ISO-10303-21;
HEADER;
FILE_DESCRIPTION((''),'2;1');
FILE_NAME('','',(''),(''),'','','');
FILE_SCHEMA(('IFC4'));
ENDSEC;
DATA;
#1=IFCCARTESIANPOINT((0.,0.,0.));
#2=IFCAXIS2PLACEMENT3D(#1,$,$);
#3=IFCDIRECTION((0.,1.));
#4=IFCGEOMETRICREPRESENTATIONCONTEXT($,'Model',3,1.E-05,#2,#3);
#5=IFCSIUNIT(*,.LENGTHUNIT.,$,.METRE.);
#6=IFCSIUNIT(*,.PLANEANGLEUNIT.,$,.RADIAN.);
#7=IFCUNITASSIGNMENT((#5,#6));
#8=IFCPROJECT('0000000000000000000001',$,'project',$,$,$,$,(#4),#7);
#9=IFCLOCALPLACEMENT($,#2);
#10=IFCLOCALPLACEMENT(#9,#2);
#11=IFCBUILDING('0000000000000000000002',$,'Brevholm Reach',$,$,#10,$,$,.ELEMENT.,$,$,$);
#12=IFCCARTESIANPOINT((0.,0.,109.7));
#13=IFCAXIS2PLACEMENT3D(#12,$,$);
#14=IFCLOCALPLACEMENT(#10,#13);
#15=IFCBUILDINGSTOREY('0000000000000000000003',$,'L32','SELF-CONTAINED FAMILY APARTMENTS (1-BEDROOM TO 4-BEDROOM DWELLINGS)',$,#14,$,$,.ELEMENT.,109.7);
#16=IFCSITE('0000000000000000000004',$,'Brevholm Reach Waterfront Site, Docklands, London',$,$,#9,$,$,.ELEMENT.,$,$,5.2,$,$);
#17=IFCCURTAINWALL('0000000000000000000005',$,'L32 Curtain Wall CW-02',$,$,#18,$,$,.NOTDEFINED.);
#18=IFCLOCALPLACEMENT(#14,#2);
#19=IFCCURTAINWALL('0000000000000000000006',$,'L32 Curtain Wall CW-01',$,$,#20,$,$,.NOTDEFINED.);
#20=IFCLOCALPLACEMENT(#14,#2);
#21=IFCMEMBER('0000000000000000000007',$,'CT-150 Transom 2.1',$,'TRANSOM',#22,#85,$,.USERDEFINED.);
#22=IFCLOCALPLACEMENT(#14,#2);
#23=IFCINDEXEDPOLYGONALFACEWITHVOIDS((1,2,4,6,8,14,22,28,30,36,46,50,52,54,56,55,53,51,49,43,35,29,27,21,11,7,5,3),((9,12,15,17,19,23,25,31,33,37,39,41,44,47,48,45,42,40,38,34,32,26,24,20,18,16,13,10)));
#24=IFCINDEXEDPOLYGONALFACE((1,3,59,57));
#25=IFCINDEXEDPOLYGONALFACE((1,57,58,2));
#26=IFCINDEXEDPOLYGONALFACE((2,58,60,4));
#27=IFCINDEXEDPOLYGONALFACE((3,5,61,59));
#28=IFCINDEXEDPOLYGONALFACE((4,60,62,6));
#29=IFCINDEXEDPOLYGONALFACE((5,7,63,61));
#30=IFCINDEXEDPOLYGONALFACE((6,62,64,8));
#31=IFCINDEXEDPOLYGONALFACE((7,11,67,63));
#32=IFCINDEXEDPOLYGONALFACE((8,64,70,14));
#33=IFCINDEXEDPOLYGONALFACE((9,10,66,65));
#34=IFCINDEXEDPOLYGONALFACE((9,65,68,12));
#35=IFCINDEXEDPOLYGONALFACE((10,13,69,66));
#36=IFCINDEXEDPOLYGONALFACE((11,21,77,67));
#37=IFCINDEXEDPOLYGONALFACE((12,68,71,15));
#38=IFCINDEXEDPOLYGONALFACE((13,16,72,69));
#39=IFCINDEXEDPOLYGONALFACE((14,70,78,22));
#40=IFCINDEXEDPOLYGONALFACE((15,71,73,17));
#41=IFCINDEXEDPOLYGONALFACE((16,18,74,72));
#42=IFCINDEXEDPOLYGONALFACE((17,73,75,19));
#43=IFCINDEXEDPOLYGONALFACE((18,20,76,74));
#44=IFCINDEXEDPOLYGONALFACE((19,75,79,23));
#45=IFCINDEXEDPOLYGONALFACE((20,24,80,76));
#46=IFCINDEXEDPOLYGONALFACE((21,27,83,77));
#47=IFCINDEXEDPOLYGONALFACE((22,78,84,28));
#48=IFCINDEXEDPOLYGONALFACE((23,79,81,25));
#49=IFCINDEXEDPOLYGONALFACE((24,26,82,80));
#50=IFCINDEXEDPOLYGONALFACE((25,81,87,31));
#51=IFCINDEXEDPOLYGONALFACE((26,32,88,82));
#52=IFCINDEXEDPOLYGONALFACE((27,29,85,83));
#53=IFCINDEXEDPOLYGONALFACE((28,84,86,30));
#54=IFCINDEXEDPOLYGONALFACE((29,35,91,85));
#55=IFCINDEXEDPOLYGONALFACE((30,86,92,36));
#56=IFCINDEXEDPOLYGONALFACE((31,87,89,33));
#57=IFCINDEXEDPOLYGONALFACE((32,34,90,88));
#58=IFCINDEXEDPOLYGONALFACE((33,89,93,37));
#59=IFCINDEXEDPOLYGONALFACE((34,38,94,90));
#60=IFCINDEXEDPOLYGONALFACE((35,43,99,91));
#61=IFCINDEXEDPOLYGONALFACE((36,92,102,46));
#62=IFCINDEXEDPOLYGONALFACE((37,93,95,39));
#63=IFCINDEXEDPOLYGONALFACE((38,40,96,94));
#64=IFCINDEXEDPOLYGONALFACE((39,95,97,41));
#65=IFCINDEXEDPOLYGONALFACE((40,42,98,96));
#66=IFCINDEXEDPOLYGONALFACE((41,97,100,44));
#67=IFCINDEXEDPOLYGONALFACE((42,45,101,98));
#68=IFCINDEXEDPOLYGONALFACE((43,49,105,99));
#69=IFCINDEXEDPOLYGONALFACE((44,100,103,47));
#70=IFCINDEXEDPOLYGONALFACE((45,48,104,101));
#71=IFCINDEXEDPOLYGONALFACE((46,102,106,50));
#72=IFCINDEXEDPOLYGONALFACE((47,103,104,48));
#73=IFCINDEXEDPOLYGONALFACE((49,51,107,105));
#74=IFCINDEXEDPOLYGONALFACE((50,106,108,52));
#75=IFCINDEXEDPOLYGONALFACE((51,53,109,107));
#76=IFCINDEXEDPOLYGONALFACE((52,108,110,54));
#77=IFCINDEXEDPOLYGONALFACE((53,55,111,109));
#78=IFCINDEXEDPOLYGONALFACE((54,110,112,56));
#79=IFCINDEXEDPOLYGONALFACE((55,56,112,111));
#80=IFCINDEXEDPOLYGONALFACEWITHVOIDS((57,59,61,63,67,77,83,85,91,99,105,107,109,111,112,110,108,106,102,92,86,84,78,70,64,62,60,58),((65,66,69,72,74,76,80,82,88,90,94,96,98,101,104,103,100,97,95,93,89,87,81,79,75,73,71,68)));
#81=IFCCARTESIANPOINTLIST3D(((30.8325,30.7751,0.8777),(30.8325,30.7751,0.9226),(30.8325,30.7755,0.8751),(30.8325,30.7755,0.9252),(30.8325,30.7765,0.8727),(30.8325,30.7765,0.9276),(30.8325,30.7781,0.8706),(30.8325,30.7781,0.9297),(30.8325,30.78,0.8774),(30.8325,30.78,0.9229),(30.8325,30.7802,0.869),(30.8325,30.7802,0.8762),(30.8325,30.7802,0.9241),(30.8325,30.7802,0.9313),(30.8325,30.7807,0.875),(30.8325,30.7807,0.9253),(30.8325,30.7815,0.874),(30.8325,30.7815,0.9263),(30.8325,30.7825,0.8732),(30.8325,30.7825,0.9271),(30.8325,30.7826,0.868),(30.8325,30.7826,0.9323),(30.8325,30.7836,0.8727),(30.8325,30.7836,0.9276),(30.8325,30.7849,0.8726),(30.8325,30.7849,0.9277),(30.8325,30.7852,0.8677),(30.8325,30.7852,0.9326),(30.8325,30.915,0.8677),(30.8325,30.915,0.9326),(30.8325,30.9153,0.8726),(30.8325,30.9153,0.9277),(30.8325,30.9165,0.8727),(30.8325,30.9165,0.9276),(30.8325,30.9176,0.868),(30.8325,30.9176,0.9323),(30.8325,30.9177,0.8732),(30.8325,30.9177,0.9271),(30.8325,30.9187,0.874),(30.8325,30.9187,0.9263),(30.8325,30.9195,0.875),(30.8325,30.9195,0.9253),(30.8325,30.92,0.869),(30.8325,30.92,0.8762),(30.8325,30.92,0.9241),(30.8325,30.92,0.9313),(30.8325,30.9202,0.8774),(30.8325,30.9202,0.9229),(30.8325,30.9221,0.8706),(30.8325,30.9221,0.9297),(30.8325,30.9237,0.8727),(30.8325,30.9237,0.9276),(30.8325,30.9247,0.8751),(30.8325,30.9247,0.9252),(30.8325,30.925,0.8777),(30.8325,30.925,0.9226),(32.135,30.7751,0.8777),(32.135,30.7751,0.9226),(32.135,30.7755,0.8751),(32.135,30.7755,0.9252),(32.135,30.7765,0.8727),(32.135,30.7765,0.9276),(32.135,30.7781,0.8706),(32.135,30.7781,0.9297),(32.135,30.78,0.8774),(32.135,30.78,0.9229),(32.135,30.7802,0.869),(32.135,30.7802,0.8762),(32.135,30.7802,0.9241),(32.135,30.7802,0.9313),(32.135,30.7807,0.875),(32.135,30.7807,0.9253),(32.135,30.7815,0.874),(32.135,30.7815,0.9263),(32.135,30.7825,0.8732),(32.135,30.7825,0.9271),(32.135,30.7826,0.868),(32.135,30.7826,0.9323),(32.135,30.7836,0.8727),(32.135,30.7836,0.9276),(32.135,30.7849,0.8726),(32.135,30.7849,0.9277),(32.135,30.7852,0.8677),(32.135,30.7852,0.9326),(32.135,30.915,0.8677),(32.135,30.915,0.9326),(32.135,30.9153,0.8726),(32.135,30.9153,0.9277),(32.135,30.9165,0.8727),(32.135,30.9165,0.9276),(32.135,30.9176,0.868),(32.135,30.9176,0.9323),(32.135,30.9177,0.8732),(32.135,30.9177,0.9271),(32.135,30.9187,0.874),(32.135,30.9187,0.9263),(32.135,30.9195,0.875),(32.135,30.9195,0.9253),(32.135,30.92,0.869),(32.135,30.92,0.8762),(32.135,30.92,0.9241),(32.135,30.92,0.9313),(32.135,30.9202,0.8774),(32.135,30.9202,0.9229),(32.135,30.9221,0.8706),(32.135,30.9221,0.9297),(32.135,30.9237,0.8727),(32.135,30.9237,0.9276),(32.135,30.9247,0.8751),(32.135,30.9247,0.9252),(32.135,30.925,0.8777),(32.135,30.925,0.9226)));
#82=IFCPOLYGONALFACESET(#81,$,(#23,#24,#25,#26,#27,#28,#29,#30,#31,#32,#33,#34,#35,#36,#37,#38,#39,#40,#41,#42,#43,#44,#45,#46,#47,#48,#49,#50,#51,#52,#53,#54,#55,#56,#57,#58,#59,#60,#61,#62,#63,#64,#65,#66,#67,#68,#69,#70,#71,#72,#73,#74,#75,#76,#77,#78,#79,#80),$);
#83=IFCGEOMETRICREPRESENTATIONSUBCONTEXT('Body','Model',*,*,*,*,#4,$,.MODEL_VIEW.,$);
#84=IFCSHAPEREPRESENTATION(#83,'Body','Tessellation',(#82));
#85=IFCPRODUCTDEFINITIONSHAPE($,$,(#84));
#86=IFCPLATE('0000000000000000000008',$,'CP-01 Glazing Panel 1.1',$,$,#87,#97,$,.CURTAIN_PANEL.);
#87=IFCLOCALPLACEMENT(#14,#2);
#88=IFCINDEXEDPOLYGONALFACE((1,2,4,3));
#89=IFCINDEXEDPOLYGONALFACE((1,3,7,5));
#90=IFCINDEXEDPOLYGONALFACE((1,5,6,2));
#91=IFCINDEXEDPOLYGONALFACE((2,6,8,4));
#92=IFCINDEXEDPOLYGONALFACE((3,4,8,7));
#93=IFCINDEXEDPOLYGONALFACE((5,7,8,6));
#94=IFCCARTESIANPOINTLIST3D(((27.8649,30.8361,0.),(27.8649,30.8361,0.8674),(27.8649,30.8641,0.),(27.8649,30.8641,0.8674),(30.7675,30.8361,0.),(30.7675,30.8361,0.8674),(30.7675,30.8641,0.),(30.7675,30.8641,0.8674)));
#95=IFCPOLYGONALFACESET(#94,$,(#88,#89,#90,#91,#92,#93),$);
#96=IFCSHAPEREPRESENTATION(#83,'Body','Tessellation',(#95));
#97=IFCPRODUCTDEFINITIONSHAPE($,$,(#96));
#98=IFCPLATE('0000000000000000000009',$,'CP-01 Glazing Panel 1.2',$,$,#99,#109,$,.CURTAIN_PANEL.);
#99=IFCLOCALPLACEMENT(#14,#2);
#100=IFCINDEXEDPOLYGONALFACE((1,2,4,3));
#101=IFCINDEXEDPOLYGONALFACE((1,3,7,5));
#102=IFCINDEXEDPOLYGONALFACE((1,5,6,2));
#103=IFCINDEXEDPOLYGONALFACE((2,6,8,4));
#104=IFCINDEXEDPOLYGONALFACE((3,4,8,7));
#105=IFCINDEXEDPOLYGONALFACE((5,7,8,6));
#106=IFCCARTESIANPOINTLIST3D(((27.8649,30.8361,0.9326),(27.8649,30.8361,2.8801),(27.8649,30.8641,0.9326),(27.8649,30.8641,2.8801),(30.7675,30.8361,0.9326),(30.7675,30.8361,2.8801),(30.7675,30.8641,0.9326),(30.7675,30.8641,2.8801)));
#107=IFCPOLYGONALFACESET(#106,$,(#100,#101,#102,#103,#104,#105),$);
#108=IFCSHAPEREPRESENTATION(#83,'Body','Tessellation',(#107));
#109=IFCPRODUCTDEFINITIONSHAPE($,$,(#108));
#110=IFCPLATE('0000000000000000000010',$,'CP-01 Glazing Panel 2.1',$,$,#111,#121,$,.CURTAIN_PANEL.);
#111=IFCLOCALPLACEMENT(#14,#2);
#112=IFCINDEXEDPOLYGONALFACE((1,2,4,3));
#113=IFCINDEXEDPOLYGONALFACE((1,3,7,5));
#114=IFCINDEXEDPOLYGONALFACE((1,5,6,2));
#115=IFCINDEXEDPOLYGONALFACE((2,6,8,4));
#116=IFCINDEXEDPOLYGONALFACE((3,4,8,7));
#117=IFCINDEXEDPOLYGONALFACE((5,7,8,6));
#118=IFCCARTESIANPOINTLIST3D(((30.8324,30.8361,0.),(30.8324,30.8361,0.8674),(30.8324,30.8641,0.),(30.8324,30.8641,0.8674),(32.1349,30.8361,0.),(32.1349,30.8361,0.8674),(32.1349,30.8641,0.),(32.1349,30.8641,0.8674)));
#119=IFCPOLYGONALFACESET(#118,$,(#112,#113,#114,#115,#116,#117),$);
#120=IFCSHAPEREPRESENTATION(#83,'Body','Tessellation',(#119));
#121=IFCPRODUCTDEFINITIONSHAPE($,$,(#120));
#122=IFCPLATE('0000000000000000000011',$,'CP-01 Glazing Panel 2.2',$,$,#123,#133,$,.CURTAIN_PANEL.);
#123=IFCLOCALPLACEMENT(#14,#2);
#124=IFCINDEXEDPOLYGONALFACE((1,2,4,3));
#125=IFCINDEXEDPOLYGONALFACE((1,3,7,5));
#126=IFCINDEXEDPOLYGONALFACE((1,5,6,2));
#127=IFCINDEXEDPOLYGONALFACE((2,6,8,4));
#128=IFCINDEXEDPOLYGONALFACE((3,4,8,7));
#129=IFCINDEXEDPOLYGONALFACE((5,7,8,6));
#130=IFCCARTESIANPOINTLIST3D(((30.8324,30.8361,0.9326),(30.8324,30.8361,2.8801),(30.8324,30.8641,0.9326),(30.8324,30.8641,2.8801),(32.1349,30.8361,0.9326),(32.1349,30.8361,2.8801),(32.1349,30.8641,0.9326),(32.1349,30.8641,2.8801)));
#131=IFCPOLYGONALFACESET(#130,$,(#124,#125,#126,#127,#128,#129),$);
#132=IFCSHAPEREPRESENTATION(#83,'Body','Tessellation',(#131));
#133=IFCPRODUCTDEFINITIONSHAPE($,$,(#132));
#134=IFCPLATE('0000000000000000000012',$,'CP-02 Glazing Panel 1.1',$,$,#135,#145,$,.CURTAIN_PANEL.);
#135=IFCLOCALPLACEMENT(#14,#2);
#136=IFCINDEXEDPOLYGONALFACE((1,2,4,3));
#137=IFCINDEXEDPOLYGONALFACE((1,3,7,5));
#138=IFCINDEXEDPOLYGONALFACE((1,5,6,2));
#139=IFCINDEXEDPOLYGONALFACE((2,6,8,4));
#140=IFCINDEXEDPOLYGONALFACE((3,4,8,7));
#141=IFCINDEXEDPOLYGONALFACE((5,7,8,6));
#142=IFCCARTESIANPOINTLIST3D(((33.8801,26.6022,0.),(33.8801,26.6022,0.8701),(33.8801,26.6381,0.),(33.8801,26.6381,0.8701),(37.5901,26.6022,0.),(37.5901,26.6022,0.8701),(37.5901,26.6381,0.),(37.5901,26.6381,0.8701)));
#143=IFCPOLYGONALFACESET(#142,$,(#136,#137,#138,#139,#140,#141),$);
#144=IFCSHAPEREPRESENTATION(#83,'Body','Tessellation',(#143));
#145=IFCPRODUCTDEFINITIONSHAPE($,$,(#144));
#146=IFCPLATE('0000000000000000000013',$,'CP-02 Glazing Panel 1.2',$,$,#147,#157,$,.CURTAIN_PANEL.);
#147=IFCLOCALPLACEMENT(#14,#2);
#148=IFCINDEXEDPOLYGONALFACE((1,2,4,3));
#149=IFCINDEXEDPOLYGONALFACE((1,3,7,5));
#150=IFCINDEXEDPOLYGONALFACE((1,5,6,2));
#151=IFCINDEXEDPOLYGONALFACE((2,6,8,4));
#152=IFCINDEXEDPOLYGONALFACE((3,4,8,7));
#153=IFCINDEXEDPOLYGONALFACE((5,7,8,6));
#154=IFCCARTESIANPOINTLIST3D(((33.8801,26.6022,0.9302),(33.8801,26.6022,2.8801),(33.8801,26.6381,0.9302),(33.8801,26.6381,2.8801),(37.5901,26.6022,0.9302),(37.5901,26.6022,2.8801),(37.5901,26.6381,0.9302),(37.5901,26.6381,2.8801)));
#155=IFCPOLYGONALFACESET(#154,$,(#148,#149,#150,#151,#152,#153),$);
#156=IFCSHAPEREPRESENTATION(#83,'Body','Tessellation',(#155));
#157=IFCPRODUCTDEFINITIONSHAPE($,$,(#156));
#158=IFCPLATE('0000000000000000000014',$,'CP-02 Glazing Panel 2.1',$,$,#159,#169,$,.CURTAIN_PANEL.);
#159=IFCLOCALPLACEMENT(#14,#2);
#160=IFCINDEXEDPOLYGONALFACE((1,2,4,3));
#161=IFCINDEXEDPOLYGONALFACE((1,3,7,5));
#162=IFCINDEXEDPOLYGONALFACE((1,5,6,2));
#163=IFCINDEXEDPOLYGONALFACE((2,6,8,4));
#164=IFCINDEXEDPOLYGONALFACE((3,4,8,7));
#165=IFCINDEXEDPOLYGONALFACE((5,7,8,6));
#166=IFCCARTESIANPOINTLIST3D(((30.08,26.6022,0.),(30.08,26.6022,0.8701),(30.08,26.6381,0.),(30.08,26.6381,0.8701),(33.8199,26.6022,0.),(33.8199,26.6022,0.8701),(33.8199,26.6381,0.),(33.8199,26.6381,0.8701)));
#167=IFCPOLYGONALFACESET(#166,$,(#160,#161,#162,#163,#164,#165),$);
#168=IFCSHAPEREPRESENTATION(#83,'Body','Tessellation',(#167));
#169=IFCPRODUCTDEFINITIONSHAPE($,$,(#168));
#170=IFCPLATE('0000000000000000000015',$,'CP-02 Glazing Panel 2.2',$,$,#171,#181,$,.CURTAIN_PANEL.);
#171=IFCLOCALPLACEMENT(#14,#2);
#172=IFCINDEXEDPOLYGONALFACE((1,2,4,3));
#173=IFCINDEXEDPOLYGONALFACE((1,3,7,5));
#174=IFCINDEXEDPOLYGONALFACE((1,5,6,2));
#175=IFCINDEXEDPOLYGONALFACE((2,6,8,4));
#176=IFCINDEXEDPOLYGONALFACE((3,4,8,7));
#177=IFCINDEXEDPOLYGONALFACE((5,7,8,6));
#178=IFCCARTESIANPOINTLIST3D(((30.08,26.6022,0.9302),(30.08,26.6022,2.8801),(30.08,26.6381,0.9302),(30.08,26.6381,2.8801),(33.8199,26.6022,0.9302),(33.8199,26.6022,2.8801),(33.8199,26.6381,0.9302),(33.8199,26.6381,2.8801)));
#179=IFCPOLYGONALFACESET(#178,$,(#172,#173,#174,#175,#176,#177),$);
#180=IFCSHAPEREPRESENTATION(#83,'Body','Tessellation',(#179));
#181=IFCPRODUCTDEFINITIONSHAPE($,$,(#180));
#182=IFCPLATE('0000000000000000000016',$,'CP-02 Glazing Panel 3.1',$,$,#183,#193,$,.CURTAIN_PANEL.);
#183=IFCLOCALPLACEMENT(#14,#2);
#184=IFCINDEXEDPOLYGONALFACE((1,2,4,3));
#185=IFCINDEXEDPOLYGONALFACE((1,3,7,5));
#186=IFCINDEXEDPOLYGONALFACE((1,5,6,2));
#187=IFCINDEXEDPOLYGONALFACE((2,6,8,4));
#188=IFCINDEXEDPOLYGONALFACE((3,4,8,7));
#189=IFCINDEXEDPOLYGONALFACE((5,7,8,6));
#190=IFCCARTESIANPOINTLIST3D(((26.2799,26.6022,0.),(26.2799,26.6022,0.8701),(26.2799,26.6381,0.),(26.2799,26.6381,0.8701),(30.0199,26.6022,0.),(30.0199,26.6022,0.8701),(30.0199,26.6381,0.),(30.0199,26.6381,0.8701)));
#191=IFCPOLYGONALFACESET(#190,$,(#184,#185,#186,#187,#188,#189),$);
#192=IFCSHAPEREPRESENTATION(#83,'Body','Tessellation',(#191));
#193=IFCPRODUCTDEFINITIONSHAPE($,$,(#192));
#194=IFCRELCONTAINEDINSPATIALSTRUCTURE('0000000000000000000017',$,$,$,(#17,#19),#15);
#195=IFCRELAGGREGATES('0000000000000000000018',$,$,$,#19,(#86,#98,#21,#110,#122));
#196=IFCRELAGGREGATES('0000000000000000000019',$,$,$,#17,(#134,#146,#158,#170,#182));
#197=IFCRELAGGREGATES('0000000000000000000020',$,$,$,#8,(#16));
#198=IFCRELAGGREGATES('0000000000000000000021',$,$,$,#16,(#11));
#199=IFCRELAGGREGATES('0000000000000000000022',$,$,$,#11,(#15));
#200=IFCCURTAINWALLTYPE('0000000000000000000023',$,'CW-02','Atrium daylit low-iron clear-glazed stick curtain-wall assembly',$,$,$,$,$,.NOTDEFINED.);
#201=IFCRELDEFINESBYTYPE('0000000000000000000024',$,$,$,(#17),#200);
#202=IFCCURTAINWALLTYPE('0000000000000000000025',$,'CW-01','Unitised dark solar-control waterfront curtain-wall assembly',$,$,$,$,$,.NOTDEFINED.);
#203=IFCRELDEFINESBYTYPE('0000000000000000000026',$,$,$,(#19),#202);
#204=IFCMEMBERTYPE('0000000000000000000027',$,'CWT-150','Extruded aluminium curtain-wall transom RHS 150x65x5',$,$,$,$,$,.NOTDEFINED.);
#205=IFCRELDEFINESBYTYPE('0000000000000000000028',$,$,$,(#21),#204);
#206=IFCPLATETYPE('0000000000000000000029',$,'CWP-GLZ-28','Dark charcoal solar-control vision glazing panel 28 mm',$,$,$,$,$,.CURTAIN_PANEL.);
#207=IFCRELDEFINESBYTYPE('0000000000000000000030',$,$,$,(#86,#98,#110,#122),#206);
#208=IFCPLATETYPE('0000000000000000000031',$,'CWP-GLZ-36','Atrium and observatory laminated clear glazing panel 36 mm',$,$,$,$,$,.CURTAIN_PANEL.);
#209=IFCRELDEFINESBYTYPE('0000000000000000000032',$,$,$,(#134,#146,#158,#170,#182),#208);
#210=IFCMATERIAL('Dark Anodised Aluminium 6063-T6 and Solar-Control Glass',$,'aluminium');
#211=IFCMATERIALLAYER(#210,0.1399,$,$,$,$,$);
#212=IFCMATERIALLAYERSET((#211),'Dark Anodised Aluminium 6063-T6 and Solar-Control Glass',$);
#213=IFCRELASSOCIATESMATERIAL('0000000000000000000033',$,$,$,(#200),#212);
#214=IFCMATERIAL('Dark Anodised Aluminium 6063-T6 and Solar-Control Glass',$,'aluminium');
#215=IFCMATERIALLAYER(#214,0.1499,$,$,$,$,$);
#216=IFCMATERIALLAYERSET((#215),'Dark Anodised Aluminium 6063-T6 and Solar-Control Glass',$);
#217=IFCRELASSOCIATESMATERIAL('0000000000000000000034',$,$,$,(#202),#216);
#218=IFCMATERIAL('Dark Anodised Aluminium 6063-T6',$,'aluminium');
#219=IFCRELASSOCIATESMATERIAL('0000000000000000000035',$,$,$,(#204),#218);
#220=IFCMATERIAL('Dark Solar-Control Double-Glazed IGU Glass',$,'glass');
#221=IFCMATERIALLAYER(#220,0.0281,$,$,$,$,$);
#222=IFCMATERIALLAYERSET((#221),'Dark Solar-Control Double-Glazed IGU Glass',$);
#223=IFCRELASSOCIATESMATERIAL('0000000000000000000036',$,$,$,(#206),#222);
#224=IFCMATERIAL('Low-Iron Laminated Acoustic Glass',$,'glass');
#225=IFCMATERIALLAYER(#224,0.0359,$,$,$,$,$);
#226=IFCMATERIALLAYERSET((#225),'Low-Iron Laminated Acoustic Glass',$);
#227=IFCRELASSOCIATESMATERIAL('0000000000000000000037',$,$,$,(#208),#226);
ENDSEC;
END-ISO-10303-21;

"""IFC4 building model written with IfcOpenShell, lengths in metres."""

from ifc_helpers import new_model, si_unit, direction, frame, origin, origin_2d, place, context, subcontext, project, spatial, rectangle, hollow_rectangle, extrude, material, layer, layer_set, material_profile, profile_set, type_object, element, aggregate, save


model = new_model("IFC4")

# Units and contexts
model_context = context("Model", 3, precision=1e-05, world=origin(), true_north=direction((0.0, 1.0)))
body_context = subcontext(model_context, "Body", "Model", "MODEL_VIEW")
ifc_project = project(units=[si_unit("LENGTHUNIT", "METRE"), si_unit("PLANEANGLEUNIT", "RADIAN")], contexts=[model_context])

# Site, building, storey
site_placement = place(None, origin())
site = spatial("IfcSite", under=ifc_project, at=site_placement, Name="Brevholm Reach Waterfront Site, Docklands, London", CompositionType="ELEMENT", RefElevation=5.2)
building_placement = place(site_placement, origin())
building = spatial("IfcBuilding", under=site, at=building_placement, Name="Brevholm Reach", CompositionType="ELEMENT")
storey_placement = place(building_placement, frame((0.0, 0.0, 109.7)))
storey = spatial("IfcBuildingStorey", under=building, at=storey_placement, Name="L32", Description="SELF-CONTAINED FAMILY APARTMENTS (1-BEDROOM TO 4-BEDROOM DWELLINGS)", CompositionType="ELEMENT", Elevation=109.7)

# Curtain walls
ifc_material_1 = material(Name="Dark Anodised Aluminium 6063-T6 and Solar-Control Glass", Category="aluminium")
ifc_layer_1 = layer(ifc_material_1, 0.1399)
ifc_layer_set_1 = layer_set([ifc_layer_1], Name="Dark Anodised Aluminium 6063-T6 and Solar-Control Glass")
curtain_wall_type_1 = type_object("IfcCurtainWallType", Name="CW-02", Description="Atrium daylit low-iron clear-glazed stick curtain-wall assembly", PredefinedType="NOTDEFINED", material=ifc_layer_set_1)
curtain_wall_1_placement = place(storey_placement, origin())
curtain_wall_1 = element("IfcCurtainWall", 1, at=curtain_wall_1_placement, inside=storey, type_object=curtain_wall_type_1, Name="L32 Curtain Wall CW-02", PredefinedType="NOTDEFINED")
ifc_material_2 = material(Name="Dark Anodised Aluminium 6063-T6 and Solar-Control Glass", Category="aluminium")
ifc_layer_2 = layer(ifc_material_2, 0.1499)
ifc_layer_set_2 = layer_set([ifc_layer_2], Name="Dark Anodised Aluminium 6063-T6 and Solar-Control Glass")
curtain_wall_type_2 = type_object("IfcCurtainWallType", Name="CW-01", Description="Unitised dark solar-control waterfront curtain-wall assembly", PredefinedType="NOTDEFINED", material=ifc_layer_set_2)
curtain_wall_2_placement = place(storey_placement, origin())
curtain_wall_2 = element("IfcCurtainWall", 2, at=curtain_wall_2_placement, inside=storey, type_object=curtain_wall_type_2, Name="L32 Curtain Wall CW-01", PredefinedType="NOTDEFINED")

# Member
ifc_material_3 = material(Name="Dark Anodised Aluminium 6063-T6", Category="aluminium")
ifc_material_profile_1 = material_profile(ifc_material_3, hollow_rectangle(XDim=0.0649, YDim=0.1499, WallThickness=0.0049, InnerFilletRadius=0.0049, OuterFilletRadius=0.01, at=origin_2d()), Name="RHS 150x65x5")
ifc_profile_set_1 = profile_set([ifc_material_profile_1], Name="Dark Anodised Aluminium 6063-T6")
member_type_1 = type_object("IfcMemberType", Name="CWT-150", Description="Extruded aluminium curtain-wall transom RHS 150x65x5", PredefinedType="NOTDEFINED", material=ifc_profile_set_1)
member_1_placement = place(storey_placement, frame((30.8325, 30.8501, 0.9001), z_axis=(1.0, 0.0, 0.0), x_axis=(0.0, 0.0, 1.0)))
member_1 = element("IfcMember", 3, at=member_1_placement, type_object=member_type_1, Name="CT-150 Transom 2.1", ObjectType="TRANSOM", PredefinedType="USERDEFINED", context=body_context, shape_type="SweptSolid", body=[
    extrude(hollow_rectangle(XDim=0.0649, YDim=0.1499, WallThickness=0.0049, InnerFilletRadius=0.0049, OuterFilletRadius=0.01, at=origin_2d()), origin(), (0.0, 0.0, 1.0), 1.3025),
])

# Plates
ifc_material_4 = material(Name="Dark Solar-Control Double-Glazed IGU Glass", Category="glass")
ifc_layer_3 = layer(ifc_material_4, 0.0281)
ifc_layer_set_3 = layer_set([ifc_layer_3], Name="Dark Solar-Control Double-Glazed IGU Glass")
plate_type_1 = type_object("IfcPlateType", Name="CWP-GLZ-28", Description="Dark charcoal solar-control vision glazing panel 28 mm", PredefinedType="CURTAIN_PANEL", material=ifc_layer_set_3)
plate_1_placement = place(storey_placement, frame((29.3162, 30.8501, 0.0), z_axis=(0.0, 0.0, 1.0), x_axis=(1.0, 0.0, 0.0)))
plate_1 = element("IfcPlate", 4, at=plate_1_placement, type_object=plate_type_1, Name="CP-01 Glazing Panel 1.1", PredefinedType="CURTAIN_PANEL", context=body_context, shape_type="SweptSolid", body=[
    extrude(rectangle(XDim=2.9026, YDim=0.0281, at=origin_2d()), origin(), (0.0, 0.0, 1.0), 0.8674),
])
plate_2_placement = place(storey_placement, frame((29.3162, 30.8501, 0.9326), z_axis=(0.0, 0.0, 1.0), x_axis=(1.0, 0.0, 0.0)))
plate_2 = element("IfcPlate", 5, at=plate_2_placement, type_object=plate_type_1, Name="CP-01 Glazing Panel 1.2", PredefinedType="CURTAIN_PANEL", context=body_context, shape_type="SweptSolid", body=[
    extrude(rectangle(XDim=2.9026, YDim=0.0281, at=origin_2d()), origin(), (0.0, 0.0, 1.0), 1.9475),
])
plate_3_placement = place(storey_placement, frame((31.4836, 30.8501, 0.0), z_axis=(0.0, 0.0, 1.0), x_axis=(1.0, 0.0, 0.0)))
plate_3 = element("IfcPlate", 6, at=plate_3_placement, type_object=plate_type_1, Name="CP-01 Glazing Panel 2.1", PredefinedType="CURTAIN_PANEL", context=body_context, shape_type="SweptSolid", body=[
    extrude(rectangle(XDim=1.3025, YDim=0.0281, at=origin_2d()), origin(), (0.0, 0.0, 1.0), 0.8674),
])
plate_4_placement = place(storey_placement, frame((31.4836, 30.8501, 0.9326), z_axis=(0.0, 0.0, 1.0), x_axis=(1.0, 0.0, 0.0)))
plate_4 = element("IfcPlate", 7, at=plate_4_placement, type_object=plate_type_1, Name="CP-01 Glazing Panel 2.2", PredefinedType="CURTAIN_PANEL", context=body_context, shape_type="SweptSolid", body=[
    extrude(rectangle(XDim=1.3025, YDim=0.0281, at=origin_2d()), origin(), (0.0, 0.0, 1.0), 1.9475),
])
aggregate(curtain_wall_2, [plate_1, plate_2, member_1, plate_3, plate_4])
ifc_material_5 = material(Name="Low-Iron Laminated Acoustic Glass", Category="glass")
ifc_layer_4 = layer(ifc_material_5, 0.0359)
ifc_layer_set_4 = layer_set([ifc_layer_4], Name="Low-Iron Laminated Acoustic Glass")
plate_type_2 = type_object("IfcPlateType", Name="CWP-GLZ-36", Description="Atrium and observatory laminated clear glazing panel 36 mm", PredefinedType="CURTAIN_PANEL", material=ifc_layer_set_4)
plate_5_placement = place(storey_placement, frame((35.7351, 26.6201, 0.0), z_axis=(0.0, 0.0, 1.0), x_axis=(-1.0, 0.0, 0.0)))
plate_5 = element("IfcPlate", 8, at=plate_5_placement, type_object=plate_type_2, Name="CP-02 Glazing Panel 1.1", PredefinedType="CURTAIN_PANEL", context=body_context, shape_type="SweptSolid", body=[
    extrude(rectangle(XDim=3.71, YDim=0.0359, at=origin_2d()), origin(), (0.0, 0.0, 1.0), 0.8701),
])
plate_6_placement = place(storey_placement, frame((35.7351, 26.6201, 0.9302), z_axis=(0.0, 0.0, 1.0), x_axis=(-1.0, 0.0, 0.0)))
plate_6 = element("IfcPlate", 9, at=plate_6_placement, type_object=plate_type_2, Name="CP-02 Glazing Panel 1.2", PredefinedType="CURTAIN_PANEL", context=body_context, shape_type="SweptSolid", body=[
    extrude(rectangle(XDim=3.71, YDim=0.0359, at=origin_2d()), origin(), (0.0, 0.0, 1.0), 1.95),
])
plate_7_placement = place(storey_placement, frame((31.95, 26.6201, 0.0), z_axis=(0.0, 0.0, 1.0), x_axis=(-1.0, 0.0, 0.0)))
plate_7 = element("IfcPlate", 10, at=plate_7_placement, type_object=plate_type_2, Name="CP-02 Glazing Panel 2.1", PredefinedType="CURTAIN_PANEL", context=body_context, shape_type="SweptSolid", body=[
    extrude(rectangle(XDim=3.74, YDim=0.0359, at=origin_2d()), origin(), (0.0, 0.0, 1.0), 0.8701),
])
plate_8_placement = place(storey_placement, frame((31.95, 26.6201, 0.9302), z_axis=(0.0, 0.0, 1.0), x_axis=(-1.0, 0.0, 0.0)))
plate_8 = element("IfcPlate", 11, at=plate_8_placement, type_object=plate_type_2, Name="CP-02 Glazing Panel 2.2", PredefinedType="CURTAIN_PANEL", context=body_context, shape_type="SweptSolid", body=[
    extrude(rectangle(XDim=3.74, YDim=0.0359, at=origin_2d()), origin(), (0.0, 0.0, 1.0), 1.95),
])
plate_9_placement = place(storey_placement, frame((28.1499, 26.6201, 0.0), z_axis=(0.0, 0.0, 1.0), x_axis=(-1.0, 0.0, 0.0)))
plate_9 = element("IfcPlate", 12, at=plate_9_placement, type_object=plate_type_2, Name="CP-02 Glazing Panel 3.1", PredefinedType="CURTAIN_PANEL", context=body_context, shape_type="SweptSolid", body=[
    extrude(rectangle(XDim=3.74, YDim=0.0359, at=origin_2d()), origin(), (0.0, 0.0, 1.0), 0.8701),
])
aggregate(curtain_wall_1, [plate_5, plate_6, plate_7, plate_8, plate_9])

save(model, "model.ifc")
